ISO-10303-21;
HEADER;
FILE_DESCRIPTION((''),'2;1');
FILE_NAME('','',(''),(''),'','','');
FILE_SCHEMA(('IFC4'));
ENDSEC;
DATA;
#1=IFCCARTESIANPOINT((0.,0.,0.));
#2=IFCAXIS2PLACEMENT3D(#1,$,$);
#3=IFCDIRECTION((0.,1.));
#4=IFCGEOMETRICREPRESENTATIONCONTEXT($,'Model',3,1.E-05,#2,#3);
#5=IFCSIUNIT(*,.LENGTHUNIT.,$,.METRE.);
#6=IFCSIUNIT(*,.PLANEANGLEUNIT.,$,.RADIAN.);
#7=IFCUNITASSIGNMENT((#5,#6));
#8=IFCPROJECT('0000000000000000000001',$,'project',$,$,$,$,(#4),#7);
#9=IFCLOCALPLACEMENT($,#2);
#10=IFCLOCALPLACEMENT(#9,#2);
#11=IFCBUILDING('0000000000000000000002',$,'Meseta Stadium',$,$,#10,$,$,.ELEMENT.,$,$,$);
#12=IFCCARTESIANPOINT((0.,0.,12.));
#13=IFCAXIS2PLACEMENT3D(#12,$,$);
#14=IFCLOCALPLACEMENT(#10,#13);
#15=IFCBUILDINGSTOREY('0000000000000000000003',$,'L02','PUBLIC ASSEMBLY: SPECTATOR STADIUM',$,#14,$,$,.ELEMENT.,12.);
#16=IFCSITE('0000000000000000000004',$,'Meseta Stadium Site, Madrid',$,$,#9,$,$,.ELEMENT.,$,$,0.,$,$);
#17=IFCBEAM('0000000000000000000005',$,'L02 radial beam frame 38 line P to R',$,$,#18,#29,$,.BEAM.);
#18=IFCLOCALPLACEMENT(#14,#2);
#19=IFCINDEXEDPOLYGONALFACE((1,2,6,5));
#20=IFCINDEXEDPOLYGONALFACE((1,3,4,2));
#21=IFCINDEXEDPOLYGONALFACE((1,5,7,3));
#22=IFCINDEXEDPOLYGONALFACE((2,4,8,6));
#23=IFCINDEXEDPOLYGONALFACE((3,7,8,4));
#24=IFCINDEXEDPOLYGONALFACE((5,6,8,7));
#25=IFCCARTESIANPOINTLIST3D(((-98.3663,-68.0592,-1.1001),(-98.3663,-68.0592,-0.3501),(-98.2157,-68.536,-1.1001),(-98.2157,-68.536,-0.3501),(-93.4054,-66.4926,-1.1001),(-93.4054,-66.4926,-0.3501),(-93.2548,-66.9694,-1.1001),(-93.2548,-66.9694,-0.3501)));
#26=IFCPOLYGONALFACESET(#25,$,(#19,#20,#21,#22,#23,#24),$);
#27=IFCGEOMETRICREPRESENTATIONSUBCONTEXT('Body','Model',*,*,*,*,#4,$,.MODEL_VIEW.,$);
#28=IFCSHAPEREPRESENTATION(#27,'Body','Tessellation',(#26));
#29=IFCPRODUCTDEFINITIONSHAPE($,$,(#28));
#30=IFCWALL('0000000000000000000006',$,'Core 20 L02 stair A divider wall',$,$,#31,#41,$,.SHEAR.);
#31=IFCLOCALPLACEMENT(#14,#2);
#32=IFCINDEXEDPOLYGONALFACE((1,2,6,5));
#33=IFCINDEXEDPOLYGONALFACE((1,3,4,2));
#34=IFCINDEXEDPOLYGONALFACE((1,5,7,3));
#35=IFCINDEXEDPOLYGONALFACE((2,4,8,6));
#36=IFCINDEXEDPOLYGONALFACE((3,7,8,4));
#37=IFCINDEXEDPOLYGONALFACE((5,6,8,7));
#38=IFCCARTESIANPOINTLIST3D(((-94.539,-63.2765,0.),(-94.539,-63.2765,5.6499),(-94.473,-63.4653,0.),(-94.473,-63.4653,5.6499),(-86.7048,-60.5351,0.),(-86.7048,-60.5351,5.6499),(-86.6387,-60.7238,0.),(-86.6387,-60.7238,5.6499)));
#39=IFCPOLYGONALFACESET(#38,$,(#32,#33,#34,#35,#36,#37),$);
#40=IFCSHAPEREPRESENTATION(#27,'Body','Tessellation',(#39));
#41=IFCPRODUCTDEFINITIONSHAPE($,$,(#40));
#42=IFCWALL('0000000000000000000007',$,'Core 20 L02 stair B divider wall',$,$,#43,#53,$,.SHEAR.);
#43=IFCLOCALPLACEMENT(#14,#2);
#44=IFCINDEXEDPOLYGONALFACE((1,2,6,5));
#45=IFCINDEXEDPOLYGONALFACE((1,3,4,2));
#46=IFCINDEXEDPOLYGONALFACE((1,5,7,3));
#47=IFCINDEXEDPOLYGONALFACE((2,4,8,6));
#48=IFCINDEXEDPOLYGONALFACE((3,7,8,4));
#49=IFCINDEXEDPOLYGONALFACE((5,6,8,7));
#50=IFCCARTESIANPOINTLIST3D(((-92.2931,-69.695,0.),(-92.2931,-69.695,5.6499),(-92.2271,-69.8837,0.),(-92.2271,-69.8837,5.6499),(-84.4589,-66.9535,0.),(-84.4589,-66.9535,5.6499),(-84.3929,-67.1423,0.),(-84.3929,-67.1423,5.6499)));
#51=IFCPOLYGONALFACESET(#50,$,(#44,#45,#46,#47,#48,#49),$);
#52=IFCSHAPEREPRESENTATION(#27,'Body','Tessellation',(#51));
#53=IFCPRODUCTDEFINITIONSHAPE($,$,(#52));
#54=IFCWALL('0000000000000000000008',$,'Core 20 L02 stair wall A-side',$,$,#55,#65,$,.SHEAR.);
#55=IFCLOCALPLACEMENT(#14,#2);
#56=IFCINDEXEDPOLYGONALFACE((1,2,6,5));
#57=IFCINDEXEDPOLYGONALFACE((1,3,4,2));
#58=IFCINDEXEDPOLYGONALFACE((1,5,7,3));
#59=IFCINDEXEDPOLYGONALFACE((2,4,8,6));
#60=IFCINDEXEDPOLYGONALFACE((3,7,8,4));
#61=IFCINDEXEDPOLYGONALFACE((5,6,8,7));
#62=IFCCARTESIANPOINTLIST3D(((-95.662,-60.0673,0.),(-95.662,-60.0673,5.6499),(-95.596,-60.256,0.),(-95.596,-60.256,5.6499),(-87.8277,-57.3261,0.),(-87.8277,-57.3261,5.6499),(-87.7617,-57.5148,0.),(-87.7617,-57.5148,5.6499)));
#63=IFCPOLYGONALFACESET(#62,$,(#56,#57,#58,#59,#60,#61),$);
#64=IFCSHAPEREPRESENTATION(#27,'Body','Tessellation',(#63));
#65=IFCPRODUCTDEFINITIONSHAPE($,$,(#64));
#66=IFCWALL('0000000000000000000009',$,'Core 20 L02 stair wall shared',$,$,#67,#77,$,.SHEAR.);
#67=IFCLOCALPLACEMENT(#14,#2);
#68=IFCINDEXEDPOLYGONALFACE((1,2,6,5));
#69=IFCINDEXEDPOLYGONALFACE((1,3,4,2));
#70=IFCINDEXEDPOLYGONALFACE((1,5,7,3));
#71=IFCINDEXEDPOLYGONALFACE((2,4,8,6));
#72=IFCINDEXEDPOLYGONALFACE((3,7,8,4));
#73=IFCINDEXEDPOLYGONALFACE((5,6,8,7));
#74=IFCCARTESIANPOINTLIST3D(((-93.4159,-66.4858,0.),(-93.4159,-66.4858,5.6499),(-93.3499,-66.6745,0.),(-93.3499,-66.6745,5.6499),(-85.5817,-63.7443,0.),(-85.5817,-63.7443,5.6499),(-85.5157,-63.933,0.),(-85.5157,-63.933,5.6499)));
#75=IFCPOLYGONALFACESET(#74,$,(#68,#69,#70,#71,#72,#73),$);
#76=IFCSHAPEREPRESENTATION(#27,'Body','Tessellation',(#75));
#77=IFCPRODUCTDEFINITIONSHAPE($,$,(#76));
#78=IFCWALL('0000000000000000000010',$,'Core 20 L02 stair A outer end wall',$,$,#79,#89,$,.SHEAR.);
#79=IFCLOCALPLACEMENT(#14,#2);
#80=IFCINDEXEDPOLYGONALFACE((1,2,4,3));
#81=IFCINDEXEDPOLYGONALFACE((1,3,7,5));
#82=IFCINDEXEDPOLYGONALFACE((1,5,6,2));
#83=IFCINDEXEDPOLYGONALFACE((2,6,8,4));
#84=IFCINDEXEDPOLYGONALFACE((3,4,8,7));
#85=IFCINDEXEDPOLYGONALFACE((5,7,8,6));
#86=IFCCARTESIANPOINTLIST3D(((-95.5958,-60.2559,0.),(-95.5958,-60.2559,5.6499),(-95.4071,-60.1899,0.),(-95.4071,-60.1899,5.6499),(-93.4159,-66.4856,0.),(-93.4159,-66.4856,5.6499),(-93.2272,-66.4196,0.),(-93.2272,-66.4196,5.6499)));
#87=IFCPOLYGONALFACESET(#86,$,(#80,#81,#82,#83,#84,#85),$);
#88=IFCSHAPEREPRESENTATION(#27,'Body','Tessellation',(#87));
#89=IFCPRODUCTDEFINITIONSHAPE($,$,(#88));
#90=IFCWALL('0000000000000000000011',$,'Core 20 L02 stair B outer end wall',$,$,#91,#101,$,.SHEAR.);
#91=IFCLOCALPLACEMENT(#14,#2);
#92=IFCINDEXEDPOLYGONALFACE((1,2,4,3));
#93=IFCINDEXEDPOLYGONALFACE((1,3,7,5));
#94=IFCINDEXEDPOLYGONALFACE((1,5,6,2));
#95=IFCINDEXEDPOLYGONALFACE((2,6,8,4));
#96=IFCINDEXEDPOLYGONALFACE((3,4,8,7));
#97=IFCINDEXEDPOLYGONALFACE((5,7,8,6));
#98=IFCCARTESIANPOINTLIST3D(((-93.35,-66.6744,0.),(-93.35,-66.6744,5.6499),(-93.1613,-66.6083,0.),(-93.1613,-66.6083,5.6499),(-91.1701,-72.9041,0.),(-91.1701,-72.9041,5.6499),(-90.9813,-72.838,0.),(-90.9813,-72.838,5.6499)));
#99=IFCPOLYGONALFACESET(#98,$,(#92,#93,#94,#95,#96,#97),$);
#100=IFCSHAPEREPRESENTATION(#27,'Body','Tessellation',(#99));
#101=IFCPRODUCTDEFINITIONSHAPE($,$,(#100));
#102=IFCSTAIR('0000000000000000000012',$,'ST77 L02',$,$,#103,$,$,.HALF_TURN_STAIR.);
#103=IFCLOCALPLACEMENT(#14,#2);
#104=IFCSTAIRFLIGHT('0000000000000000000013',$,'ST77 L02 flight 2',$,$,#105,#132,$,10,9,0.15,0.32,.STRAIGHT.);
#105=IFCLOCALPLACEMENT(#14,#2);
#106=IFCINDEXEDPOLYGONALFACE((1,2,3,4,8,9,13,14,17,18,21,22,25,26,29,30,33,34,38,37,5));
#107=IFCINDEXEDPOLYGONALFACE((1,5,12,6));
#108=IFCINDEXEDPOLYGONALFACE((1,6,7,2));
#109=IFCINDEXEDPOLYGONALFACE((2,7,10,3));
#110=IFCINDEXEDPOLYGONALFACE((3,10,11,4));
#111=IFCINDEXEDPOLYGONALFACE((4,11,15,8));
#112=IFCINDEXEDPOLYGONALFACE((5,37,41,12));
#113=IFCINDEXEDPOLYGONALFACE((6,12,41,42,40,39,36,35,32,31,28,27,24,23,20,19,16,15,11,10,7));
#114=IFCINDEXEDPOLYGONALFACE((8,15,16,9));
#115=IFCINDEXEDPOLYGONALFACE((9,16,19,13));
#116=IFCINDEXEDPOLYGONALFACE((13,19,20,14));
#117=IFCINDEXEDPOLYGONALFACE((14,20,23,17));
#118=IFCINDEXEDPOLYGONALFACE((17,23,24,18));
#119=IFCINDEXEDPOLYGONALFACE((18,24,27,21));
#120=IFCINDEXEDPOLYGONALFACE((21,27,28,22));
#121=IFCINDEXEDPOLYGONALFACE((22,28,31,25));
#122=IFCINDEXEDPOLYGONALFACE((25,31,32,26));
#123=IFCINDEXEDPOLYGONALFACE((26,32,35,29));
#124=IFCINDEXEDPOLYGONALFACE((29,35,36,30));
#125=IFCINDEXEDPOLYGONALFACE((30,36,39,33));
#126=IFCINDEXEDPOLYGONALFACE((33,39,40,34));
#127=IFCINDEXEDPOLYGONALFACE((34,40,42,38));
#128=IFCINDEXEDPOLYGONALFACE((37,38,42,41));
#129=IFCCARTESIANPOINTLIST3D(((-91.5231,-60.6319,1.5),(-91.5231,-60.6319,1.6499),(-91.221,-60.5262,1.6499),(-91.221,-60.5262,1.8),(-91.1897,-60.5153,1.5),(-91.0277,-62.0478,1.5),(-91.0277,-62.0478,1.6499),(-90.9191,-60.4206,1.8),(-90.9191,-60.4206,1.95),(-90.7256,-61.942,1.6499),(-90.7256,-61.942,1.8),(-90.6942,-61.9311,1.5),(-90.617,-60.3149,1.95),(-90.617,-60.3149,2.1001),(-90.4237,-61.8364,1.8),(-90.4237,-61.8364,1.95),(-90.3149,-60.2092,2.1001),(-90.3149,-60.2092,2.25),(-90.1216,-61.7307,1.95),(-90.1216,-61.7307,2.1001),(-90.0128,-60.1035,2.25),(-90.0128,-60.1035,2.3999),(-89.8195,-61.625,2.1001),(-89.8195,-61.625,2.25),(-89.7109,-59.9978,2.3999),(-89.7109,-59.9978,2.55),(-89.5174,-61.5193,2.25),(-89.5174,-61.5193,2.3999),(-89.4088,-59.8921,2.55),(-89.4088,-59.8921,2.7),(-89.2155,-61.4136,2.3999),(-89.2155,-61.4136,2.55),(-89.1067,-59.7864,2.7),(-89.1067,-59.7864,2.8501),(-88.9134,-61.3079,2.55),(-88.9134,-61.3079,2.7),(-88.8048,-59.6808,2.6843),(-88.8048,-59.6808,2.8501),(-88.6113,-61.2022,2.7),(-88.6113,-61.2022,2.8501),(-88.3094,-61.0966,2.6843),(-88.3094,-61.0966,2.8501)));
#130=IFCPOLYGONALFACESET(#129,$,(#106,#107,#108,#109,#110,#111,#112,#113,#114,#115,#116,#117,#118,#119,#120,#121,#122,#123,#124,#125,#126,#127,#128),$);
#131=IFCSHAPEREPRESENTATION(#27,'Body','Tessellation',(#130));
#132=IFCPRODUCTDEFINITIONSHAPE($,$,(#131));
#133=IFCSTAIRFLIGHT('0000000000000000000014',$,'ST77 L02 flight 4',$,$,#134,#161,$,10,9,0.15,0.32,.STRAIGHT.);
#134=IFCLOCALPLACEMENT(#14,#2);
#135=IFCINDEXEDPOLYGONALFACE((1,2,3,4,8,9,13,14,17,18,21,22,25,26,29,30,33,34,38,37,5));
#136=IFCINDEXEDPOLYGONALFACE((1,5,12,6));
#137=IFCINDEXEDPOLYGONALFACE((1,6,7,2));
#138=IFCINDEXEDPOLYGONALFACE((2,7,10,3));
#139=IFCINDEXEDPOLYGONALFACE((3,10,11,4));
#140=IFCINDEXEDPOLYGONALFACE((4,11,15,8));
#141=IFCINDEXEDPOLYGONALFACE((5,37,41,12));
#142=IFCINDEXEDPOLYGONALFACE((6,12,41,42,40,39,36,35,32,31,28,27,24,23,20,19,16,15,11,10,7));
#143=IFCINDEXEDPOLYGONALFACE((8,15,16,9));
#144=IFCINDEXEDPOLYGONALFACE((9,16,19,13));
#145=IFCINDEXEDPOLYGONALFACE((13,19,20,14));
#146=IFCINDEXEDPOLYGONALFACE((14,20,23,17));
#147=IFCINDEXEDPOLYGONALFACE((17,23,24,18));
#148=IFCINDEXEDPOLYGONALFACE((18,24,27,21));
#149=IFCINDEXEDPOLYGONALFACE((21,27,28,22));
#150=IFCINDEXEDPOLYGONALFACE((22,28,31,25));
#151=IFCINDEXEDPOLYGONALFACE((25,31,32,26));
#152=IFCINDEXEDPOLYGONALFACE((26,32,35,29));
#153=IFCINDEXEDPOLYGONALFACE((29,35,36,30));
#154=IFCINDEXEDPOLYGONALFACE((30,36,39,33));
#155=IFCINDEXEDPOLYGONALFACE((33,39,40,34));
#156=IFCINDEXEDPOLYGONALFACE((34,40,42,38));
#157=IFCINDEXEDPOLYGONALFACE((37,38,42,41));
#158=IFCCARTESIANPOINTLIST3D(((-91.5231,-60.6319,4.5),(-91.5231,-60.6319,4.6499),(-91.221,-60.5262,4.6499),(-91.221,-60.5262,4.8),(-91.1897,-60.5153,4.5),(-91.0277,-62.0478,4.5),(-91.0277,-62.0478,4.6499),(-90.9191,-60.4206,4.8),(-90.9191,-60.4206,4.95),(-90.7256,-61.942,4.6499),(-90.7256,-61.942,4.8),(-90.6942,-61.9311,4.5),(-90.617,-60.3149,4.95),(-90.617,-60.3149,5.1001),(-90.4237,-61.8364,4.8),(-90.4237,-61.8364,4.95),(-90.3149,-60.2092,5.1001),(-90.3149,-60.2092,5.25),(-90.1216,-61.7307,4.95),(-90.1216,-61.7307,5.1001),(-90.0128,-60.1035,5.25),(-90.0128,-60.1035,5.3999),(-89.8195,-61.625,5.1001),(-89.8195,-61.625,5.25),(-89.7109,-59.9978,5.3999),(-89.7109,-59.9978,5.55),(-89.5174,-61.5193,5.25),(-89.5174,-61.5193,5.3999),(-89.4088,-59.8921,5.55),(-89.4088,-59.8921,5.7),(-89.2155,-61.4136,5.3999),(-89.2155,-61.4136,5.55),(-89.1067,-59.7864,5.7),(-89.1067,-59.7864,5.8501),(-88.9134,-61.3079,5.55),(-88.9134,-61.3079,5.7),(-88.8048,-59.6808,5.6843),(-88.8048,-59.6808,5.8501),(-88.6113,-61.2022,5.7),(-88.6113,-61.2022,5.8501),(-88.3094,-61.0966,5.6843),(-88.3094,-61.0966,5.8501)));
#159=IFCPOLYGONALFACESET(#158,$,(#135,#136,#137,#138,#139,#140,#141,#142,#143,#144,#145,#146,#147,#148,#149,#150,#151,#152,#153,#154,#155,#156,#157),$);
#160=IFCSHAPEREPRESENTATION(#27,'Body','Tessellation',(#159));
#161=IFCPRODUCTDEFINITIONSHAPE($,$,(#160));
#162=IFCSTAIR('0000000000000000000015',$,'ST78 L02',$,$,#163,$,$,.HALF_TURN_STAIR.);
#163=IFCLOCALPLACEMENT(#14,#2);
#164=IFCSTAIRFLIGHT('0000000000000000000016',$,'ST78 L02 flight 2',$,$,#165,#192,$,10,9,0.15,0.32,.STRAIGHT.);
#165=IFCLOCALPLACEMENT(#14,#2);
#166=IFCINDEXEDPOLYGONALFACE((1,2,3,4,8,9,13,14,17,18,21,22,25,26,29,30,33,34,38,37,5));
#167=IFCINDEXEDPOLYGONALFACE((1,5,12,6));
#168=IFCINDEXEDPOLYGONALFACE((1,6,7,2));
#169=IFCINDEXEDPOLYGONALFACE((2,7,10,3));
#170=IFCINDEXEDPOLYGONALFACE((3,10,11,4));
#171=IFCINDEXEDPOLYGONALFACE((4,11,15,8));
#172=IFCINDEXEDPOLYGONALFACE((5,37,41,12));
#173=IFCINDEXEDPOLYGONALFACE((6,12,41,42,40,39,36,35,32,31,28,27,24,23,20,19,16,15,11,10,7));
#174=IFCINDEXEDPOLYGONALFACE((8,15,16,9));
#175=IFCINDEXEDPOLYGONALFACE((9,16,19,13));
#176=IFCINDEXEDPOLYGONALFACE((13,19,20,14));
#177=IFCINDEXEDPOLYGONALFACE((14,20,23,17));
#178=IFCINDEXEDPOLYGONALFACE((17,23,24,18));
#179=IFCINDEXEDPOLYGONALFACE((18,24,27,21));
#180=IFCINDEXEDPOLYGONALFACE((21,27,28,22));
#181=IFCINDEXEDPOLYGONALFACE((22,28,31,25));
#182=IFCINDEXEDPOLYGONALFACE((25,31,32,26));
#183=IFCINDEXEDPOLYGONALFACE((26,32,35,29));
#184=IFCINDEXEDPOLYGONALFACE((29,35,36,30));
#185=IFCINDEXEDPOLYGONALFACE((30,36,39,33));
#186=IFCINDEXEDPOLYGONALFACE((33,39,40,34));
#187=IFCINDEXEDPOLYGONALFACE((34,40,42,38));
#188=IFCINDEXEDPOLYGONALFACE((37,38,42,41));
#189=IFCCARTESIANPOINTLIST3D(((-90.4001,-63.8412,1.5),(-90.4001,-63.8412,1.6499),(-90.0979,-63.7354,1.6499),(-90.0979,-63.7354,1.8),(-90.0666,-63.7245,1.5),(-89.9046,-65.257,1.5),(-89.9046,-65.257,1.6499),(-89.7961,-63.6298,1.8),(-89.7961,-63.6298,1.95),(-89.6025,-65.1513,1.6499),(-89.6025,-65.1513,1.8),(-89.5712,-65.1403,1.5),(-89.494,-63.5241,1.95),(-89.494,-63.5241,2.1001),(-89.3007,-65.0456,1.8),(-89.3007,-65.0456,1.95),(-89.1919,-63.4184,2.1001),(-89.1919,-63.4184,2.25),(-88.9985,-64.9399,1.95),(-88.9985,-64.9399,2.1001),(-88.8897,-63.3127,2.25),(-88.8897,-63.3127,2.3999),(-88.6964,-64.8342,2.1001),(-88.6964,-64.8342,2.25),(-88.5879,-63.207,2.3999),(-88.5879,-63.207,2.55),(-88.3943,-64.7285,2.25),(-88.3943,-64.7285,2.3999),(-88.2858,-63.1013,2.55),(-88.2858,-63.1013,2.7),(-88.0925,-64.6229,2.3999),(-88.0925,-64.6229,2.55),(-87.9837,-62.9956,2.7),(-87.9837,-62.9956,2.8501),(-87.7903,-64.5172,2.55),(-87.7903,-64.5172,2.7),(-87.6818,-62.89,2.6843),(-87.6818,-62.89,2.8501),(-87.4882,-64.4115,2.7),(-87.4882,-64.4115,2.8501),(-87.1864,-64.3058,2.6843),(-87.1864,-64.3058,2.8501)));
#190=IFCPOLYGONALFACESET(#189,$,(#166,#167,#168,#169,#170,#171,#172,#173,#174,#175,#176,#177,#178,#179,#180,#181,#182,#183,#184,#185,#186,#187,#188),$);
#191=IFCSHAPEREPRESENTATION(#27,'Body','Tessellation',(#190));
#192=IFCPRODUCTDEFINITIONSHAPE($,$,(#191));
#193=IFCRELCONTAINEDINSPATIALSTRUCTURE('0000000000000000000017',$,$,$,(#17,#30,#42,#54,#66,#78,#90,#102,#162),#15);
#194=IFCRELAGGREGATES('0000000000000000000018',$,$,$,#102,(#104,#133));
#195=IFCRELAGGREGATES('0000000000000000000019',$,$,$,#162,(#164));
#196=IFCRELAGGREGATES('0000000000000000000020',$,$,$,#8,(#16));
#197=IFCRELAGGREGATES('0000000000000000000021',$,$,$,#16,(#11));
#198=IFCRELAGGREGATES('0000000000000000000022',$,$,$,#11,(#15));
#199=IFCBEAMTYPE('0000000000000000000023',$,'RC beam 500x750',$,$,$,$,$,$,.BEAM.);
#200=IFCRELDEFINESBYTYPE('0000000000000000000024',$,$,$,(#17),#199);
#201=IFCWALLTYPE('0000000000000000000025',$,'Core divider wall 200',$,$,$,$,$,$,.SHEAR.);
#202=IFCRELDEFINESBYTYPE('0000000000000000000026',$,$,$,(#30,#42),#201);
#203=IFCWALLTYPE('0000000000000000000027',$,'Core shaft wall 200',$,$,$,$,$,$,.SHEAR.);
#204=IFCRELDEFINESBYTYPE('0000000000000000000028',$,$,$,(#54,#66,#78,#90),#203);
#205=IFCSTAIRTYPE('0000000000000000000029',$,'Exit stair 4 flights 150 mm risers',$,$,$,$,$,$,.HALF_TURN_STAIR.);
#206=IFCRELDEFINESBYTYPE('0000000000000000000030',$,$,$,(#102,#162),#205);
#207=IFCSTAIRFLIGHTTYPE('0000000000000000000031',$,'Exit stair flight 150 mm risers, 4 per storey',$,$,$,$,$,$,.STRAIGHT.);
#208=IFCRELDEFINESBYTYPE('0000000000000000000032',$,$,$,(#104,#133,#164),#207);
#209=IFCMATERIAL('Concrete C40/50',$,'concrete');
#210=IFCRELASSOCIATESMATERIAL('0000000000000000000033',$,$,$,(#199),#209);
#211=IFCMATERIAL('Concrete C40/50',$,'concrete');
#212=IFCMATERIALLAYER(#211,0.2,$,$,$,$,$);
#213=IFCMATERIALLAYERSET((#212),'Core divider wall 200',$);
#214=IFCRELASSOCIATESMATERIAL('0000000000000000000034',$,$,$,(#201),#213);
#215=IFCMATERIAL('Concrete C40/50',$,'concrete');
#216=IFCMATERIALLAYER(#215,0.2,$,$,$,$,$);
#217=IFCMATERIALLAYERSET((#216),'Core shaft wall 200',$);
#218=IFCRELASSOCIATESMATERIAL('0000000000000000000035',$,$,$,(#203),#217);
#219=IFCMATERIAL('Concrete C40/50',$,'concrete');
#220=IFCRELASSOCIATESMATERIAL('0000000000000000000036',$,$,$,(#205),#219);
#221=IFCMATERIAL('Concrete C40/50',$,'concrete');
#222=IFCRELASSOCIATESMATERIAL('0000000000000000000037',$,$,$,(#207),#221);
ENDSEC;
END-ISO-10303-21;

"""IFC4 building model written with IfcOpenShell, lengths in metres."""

from ifc_helpers import new_model, si_unit, direction, frame, frame_2d, origin, origin_2d, place, context, subcontext, project, spatial, polyline, rectangle, outline, extrude, material, layer, layer_set, material_profile, profile_set, type_object, element, aggregate, save


model = new_model("IFC4")

# Units and contexts
model_context = context("Model", 3, precision=1e-05, world=origin(), true_north=direction((0.0, 1.0)))
body_context = subcontext(model_context, "Body", "Model", "MODEL_VIEW")
ifc_project = project(units=[si_unit("LENGTHUNIT", "METRE"), si_unit("PLANEANGLEUNIT", "RADIAN")], contexts=[model_context])

# Site, building, storey
site_placement = place(None, origin())
site = spatial("IfcSite", under=ifc_project, at=site_placement, Name="Meseta Stadium Site, Madrid", CompositionType="ELEMENT", RefElevation=0.0)
building_placement = place(site_placement, origin())
building = spatial("IfcBuilding", under=site, at=building_placement, Name="Meseta Stadium", CompositionType="ELEMENT")
storey_placement = place(building_placement, frame((0.0, 0.0, 12.0)))
storey = spatial("IfcBuildingStorey", under=building, at=storey_placement, Name="L02", Description="PUBLIC ASSEMBLY: SPECTATOR STADIUM", CompositionType="ELEMENT", Elevation=12.0)

# Beam
ifc_material_1 = material(Name="Concrete C40/50", Category="concrete")
ifc_material_profile = material_profile(ifc_material_1, rectangle(XDim=0.5, YDim=0.75, at=origin_2d()), Name="RC 500x750")
ifc_profile_set = profile_set([ifc_material_profile], Name="Concrete C40/50")
beam_type = type_object("IfcBeamType", Name="RC beam 500x750", PredefinedType="BEAM", material=ifc_profile_set)
beam_placement = place(storey_placement, frame((-93.3301, -66.731, -0.7251), z_axis=(-0.953581, -0.301138, 0.0), x_axis=(0.301138, -0.953581, 0.0)))
element("IfcBeam", 1, at=beam_placement, inside=storey, type_object=beam_type, Name="L02 radial beam frame 38 line P to R", PredefinedType="BEAM", context=body_context, shape_type="SweptSolid", body=[
    extrude(rectangle(XDim=0.5, YDim=0.75, at=origin_2d()), origin(), (0.0, 0.0, 1.0), 5.2024),
])

# Walls
ifc_material_2 = material(Name="Concrete C40/50", Category="concrete")
ifc_layer_1 = layer(ifc_material_2, 0.2)
ifc_layer_set_1 = layer_set([ifc_layer_1], Name="Core divider wall 200")
wall_type_1 = type_object("IfcWallType", Name="Core divider wall 200", PredefinedType="SHEAR", material=ifc_layer_set_1)
for number, where, z_axis, x_axis, name in (
    (2, (-94.5059, -63.3708, 0.0), (0.0, 0.0, 1.0), (0.943878, 0.330294, 0.0), "Core 20 L02 stair A divider wall"),
    (3, (-92.26, -69.7893, 0.0), (0.0, 0.0, 1.0), (0.943878, 0.330294, 0.0), "Core 20 L02 stair B divider wall"),
):
    element("IfcWall", number, at=place(storey_placement, frame(where, z_axis=z_axis, x_axis=x_axis)), inside=storey, type_object=wall_type_1, Name=name, PredefinedType="SHEAR", context=body_context, shape_type="SweptSolid", body=[
        extrude(rectangle(XDim=8.3, YDim=0.2, at=frame_2d((4.1499, 0.0))), origin(), (0.0, 0.0, 1.0), 5.6499),
    ])
ifc_material_3 = material(Name="Concrete C40/50", Category="concrete")
ifc_layer_2 = layer(ifc_material_3, 0.2)
ifc_layer_set_2 = layer_set([ifc_layer_2], Name="Core shaft wall 200")
wall_type_2 = type_object("IfcWallType", Name="Core shaft wall 200", PredefinedType="SHEAR", material=ifc_layer_set_2)
for number, where, z_axis, x_axis, name in (
    (4, (-95.6289, -60.1616, 0.0), (0.0, 0.0, 1.0), (0.943887, 0.330268, 0.0), "Core 20 L02 stair wall A-side"),
    (5, (-93.3828, -66.5801, 0.0), (0.0, 0.0, 1.0), (0.943878, 0.330294, 0.0), "Core 20 L02 stair wall shared"),
):
    element("IfcWall", number, at=place(storey_placement, frame(where, z_axis=z_axis, x_axis=x_axis)), inside=storey, type_object=wall_type_2, Name=name, PredefinedType="SHEAR", context=body_context, shape_type="SweptSolid", body=[
        extrude(rectangle(XDim=8.3, YDim=0.2, at=frame_2d((4.1499, 0.0))), origin(), (0.0, 0.0, 1.0), 5.6499),
    ])
for number, where, z_axis, x_axis, name in (
    (6, (-95.5015, -60.2229, 0.0), (0.0, 0.0, 1.0), (0.330286, -0.943881, 0.0), "Core 20 L02 stair A outer end wall"),
    (7, (-93.2556, -66.6414, 0.0), (0.0, 0.0, 1.0), (0.330286, -0.943881, 0.0), "Core 20 L02 stair B outer end wall"),
):
    element("IfcWall", number, at=place(storey_placement, frame(where, z_axis=z_axis, x_axis=x_axis)), inside=storey, type_object=wall_type_2, Name=name, PredefinedType="SHEAR", context=body_context, shape_type="SweptSolid", body=[
        extrude(rectangle(XDim=6.6001, YDim=0.2, at=frame_2d((3.3, 0.0))), origin(), (0.0, 0.0, 1.0), 5.6499),
    ])

# Stairs, stair flights
ifc_material_4 = material(Name="Concrete C40/50", Category="concrete")
stair_type = type_object("IfcStairType", Name="Exit stair 4 flights 150 mm risers", PredefinedType="HALF_TURN_STAIR", material=ifc_material_4)
stair_1_placement = place(storey_placement, origin())
stair_1 = element("IfcStair", 8, at=stair_1_placement, inside=storey, type_object=stair_type, Name="ST77 L02", PredefinedType="HALF_TURN_STAIR")
ifc_material_5 = material(Name="Concrete C40/50", Category="concrete")
stair_flight_type = type_object("IfcStairFlightType", Name="Exit stair flight 150 mm risers, 4 per storey", PredefinedType="STRAIGHT", material=ifc_material_5)
stair_flight_1_placement = place(storey_placement, frame((-91.2754, -61.3398, 1.5), z_axis=(0.0, 0.0, 1.0), x_axis=(0.943883, 0.330279, 0.0)))
stair_flight_1 = element("IfcStairFlight", 9, at=stair_flight_1_placement, type_object=stair_flight_type, Name="ST77 L02 flight 2", NumberOfRisers=10, NumberOfTreads=9, PredefinedType="STRAIGHT", RiserHeight=0.15, TreadLength=0.32, context=body_context, shape_type="SweptSolid", body=[
    extrude(outline(polyline([(0.0, 0.0), (0.0, 0.1499), (0.3201, 0.1499), (0.3201, 0.3), (0.6399, 0.3), (0.6399, 0.45), (0.96, 0.45), (0.96, 0.6001), (1.28, 0.6001), (1.28, 0.75), (1.6001, 0.75), (1.6001, 0.8999), (1.9199, 0.8999), (1.9199, 1.05), (2.24, 1.05), (2.24, 1.2), (2.5601, 1.2), (2.5601, 1.3501), (2.8799, 1.3501), (2.8799, 1.1843), (0.3533, 0.0), (0.0, 0.0)])), frame((0.0, 0.75, 0.0), z_axis=(0.0, -1.0, 0.0), x_axis=(1.0, 0.0, 0.0)), (0.0, 0.0, 1.0), 1.5),
])
stair_flight_2_placement = place(storey_placement, frame((-91.2754, -61.3398, 4.5), z_axis=(0.0, 0.0, 1.0), x_axis=(0.943883, 0.330279, 0.0)))
stair_flight_2 = element("IfcStairFlight", 10, at=stair_flight_2_placement, type_object=stair_flight_type, Name="ST77 L02 flight 4", NumberOfRisers=10, NumberOfTreads=9, PredefinedType="STRAIGHT", RiserHeight=0.15, TreadLength=0.32, context=body_context, shape_type="SweptSolid", body=[
    extrude(outline(polyline([(0.0, 0.0), (0.0, 0.1499), (0.3201, 0.1499), (0.3201, 0.3), (0.6399, 0.3), (0.6399, 0.45), (0.96, 0.45), (0.96, 0.6001), (1.28, 0.6001), (1.28, 0.75), (1.6001, 0.75), (1.6001, 0.8999), (1.9199, 0.8999), (1.9199, 1.05), (2.24, 1.05), (2.24, 1.2), (2.5601, 1.2), (2.5601, 1.3501), (2.8799, 1.3501), (2.8799, 1.1843), (0.3533, 0.0), (0.0, 0.0)])), frame((0.0, 0.75, 0.0), z_axis=(0.0, -1.0, 0.0), x_axis=(1.0, 0.0, 0.0)), (0.0, 0.0, 1.0), 1.5),
])
aggregate(stair_1, [stair_flight_1, stair_flight_2])
stair_2_placement = place(storey_placement, origin())
stair_2 = element("IfcStair", 11, at=stair_2_placement, inside=storey, type_object=stair_type, Name="ST78 L02", PredefinedType="HALF_TURN_STAIR")
stair_flight_3_placement = place(storey_placement, frame((-90.1523, -64.5491, 1.5), z_axis=(0.0, 0.0, 1.0), x_axis=(0.943883, 0.330279, 0.0)))
stair_flight_3 = element("IfcStairFlight", 12, at=stair_flight_3_placement, type_object=stair_flight_type, Name="ST78 L02 flight 2", NumberOfRisers=10, NumberOfTreads=9, PredefinedType="STRAIGHT", RiserHeight=0.15, TreadLength=0.32, context=body_context, shape_type="SweptSolid", body=[
    extrude(outline(polyline([(0.0, 0.0), (0.0, 0.1499), (0.3201, 0.1499), (0.3201, 0.3), (0.6399, 0.3), (0.6399, 0.45), (0.96, 0.45), (0.96, 0.6001), (1.28, 0.6001), (1.28, 0.75), (1.6001, 0.75), (1.6001, 0.8999), (1.9199, 0.8999), (1.9199, 1.05), (2.24, 1.05), (2.24, 1.2), (2.5601, 1.2), (2.5601, 1.3501), (2.8799, 1.3501), (2.8799, 1.1843), (0.3533, 0.0), (0.0, 0.0)])), frame((0.0, 0.75, 0.0), z_axis=(0.0, -1.0, 0.0), x_axis=(1.0, 0.0, 0.0)), (0.0, 0.0, 1.0), 1.5),
])
aggregate(stair_2, [stair_flight_3])

save(model, "model.ifc")
